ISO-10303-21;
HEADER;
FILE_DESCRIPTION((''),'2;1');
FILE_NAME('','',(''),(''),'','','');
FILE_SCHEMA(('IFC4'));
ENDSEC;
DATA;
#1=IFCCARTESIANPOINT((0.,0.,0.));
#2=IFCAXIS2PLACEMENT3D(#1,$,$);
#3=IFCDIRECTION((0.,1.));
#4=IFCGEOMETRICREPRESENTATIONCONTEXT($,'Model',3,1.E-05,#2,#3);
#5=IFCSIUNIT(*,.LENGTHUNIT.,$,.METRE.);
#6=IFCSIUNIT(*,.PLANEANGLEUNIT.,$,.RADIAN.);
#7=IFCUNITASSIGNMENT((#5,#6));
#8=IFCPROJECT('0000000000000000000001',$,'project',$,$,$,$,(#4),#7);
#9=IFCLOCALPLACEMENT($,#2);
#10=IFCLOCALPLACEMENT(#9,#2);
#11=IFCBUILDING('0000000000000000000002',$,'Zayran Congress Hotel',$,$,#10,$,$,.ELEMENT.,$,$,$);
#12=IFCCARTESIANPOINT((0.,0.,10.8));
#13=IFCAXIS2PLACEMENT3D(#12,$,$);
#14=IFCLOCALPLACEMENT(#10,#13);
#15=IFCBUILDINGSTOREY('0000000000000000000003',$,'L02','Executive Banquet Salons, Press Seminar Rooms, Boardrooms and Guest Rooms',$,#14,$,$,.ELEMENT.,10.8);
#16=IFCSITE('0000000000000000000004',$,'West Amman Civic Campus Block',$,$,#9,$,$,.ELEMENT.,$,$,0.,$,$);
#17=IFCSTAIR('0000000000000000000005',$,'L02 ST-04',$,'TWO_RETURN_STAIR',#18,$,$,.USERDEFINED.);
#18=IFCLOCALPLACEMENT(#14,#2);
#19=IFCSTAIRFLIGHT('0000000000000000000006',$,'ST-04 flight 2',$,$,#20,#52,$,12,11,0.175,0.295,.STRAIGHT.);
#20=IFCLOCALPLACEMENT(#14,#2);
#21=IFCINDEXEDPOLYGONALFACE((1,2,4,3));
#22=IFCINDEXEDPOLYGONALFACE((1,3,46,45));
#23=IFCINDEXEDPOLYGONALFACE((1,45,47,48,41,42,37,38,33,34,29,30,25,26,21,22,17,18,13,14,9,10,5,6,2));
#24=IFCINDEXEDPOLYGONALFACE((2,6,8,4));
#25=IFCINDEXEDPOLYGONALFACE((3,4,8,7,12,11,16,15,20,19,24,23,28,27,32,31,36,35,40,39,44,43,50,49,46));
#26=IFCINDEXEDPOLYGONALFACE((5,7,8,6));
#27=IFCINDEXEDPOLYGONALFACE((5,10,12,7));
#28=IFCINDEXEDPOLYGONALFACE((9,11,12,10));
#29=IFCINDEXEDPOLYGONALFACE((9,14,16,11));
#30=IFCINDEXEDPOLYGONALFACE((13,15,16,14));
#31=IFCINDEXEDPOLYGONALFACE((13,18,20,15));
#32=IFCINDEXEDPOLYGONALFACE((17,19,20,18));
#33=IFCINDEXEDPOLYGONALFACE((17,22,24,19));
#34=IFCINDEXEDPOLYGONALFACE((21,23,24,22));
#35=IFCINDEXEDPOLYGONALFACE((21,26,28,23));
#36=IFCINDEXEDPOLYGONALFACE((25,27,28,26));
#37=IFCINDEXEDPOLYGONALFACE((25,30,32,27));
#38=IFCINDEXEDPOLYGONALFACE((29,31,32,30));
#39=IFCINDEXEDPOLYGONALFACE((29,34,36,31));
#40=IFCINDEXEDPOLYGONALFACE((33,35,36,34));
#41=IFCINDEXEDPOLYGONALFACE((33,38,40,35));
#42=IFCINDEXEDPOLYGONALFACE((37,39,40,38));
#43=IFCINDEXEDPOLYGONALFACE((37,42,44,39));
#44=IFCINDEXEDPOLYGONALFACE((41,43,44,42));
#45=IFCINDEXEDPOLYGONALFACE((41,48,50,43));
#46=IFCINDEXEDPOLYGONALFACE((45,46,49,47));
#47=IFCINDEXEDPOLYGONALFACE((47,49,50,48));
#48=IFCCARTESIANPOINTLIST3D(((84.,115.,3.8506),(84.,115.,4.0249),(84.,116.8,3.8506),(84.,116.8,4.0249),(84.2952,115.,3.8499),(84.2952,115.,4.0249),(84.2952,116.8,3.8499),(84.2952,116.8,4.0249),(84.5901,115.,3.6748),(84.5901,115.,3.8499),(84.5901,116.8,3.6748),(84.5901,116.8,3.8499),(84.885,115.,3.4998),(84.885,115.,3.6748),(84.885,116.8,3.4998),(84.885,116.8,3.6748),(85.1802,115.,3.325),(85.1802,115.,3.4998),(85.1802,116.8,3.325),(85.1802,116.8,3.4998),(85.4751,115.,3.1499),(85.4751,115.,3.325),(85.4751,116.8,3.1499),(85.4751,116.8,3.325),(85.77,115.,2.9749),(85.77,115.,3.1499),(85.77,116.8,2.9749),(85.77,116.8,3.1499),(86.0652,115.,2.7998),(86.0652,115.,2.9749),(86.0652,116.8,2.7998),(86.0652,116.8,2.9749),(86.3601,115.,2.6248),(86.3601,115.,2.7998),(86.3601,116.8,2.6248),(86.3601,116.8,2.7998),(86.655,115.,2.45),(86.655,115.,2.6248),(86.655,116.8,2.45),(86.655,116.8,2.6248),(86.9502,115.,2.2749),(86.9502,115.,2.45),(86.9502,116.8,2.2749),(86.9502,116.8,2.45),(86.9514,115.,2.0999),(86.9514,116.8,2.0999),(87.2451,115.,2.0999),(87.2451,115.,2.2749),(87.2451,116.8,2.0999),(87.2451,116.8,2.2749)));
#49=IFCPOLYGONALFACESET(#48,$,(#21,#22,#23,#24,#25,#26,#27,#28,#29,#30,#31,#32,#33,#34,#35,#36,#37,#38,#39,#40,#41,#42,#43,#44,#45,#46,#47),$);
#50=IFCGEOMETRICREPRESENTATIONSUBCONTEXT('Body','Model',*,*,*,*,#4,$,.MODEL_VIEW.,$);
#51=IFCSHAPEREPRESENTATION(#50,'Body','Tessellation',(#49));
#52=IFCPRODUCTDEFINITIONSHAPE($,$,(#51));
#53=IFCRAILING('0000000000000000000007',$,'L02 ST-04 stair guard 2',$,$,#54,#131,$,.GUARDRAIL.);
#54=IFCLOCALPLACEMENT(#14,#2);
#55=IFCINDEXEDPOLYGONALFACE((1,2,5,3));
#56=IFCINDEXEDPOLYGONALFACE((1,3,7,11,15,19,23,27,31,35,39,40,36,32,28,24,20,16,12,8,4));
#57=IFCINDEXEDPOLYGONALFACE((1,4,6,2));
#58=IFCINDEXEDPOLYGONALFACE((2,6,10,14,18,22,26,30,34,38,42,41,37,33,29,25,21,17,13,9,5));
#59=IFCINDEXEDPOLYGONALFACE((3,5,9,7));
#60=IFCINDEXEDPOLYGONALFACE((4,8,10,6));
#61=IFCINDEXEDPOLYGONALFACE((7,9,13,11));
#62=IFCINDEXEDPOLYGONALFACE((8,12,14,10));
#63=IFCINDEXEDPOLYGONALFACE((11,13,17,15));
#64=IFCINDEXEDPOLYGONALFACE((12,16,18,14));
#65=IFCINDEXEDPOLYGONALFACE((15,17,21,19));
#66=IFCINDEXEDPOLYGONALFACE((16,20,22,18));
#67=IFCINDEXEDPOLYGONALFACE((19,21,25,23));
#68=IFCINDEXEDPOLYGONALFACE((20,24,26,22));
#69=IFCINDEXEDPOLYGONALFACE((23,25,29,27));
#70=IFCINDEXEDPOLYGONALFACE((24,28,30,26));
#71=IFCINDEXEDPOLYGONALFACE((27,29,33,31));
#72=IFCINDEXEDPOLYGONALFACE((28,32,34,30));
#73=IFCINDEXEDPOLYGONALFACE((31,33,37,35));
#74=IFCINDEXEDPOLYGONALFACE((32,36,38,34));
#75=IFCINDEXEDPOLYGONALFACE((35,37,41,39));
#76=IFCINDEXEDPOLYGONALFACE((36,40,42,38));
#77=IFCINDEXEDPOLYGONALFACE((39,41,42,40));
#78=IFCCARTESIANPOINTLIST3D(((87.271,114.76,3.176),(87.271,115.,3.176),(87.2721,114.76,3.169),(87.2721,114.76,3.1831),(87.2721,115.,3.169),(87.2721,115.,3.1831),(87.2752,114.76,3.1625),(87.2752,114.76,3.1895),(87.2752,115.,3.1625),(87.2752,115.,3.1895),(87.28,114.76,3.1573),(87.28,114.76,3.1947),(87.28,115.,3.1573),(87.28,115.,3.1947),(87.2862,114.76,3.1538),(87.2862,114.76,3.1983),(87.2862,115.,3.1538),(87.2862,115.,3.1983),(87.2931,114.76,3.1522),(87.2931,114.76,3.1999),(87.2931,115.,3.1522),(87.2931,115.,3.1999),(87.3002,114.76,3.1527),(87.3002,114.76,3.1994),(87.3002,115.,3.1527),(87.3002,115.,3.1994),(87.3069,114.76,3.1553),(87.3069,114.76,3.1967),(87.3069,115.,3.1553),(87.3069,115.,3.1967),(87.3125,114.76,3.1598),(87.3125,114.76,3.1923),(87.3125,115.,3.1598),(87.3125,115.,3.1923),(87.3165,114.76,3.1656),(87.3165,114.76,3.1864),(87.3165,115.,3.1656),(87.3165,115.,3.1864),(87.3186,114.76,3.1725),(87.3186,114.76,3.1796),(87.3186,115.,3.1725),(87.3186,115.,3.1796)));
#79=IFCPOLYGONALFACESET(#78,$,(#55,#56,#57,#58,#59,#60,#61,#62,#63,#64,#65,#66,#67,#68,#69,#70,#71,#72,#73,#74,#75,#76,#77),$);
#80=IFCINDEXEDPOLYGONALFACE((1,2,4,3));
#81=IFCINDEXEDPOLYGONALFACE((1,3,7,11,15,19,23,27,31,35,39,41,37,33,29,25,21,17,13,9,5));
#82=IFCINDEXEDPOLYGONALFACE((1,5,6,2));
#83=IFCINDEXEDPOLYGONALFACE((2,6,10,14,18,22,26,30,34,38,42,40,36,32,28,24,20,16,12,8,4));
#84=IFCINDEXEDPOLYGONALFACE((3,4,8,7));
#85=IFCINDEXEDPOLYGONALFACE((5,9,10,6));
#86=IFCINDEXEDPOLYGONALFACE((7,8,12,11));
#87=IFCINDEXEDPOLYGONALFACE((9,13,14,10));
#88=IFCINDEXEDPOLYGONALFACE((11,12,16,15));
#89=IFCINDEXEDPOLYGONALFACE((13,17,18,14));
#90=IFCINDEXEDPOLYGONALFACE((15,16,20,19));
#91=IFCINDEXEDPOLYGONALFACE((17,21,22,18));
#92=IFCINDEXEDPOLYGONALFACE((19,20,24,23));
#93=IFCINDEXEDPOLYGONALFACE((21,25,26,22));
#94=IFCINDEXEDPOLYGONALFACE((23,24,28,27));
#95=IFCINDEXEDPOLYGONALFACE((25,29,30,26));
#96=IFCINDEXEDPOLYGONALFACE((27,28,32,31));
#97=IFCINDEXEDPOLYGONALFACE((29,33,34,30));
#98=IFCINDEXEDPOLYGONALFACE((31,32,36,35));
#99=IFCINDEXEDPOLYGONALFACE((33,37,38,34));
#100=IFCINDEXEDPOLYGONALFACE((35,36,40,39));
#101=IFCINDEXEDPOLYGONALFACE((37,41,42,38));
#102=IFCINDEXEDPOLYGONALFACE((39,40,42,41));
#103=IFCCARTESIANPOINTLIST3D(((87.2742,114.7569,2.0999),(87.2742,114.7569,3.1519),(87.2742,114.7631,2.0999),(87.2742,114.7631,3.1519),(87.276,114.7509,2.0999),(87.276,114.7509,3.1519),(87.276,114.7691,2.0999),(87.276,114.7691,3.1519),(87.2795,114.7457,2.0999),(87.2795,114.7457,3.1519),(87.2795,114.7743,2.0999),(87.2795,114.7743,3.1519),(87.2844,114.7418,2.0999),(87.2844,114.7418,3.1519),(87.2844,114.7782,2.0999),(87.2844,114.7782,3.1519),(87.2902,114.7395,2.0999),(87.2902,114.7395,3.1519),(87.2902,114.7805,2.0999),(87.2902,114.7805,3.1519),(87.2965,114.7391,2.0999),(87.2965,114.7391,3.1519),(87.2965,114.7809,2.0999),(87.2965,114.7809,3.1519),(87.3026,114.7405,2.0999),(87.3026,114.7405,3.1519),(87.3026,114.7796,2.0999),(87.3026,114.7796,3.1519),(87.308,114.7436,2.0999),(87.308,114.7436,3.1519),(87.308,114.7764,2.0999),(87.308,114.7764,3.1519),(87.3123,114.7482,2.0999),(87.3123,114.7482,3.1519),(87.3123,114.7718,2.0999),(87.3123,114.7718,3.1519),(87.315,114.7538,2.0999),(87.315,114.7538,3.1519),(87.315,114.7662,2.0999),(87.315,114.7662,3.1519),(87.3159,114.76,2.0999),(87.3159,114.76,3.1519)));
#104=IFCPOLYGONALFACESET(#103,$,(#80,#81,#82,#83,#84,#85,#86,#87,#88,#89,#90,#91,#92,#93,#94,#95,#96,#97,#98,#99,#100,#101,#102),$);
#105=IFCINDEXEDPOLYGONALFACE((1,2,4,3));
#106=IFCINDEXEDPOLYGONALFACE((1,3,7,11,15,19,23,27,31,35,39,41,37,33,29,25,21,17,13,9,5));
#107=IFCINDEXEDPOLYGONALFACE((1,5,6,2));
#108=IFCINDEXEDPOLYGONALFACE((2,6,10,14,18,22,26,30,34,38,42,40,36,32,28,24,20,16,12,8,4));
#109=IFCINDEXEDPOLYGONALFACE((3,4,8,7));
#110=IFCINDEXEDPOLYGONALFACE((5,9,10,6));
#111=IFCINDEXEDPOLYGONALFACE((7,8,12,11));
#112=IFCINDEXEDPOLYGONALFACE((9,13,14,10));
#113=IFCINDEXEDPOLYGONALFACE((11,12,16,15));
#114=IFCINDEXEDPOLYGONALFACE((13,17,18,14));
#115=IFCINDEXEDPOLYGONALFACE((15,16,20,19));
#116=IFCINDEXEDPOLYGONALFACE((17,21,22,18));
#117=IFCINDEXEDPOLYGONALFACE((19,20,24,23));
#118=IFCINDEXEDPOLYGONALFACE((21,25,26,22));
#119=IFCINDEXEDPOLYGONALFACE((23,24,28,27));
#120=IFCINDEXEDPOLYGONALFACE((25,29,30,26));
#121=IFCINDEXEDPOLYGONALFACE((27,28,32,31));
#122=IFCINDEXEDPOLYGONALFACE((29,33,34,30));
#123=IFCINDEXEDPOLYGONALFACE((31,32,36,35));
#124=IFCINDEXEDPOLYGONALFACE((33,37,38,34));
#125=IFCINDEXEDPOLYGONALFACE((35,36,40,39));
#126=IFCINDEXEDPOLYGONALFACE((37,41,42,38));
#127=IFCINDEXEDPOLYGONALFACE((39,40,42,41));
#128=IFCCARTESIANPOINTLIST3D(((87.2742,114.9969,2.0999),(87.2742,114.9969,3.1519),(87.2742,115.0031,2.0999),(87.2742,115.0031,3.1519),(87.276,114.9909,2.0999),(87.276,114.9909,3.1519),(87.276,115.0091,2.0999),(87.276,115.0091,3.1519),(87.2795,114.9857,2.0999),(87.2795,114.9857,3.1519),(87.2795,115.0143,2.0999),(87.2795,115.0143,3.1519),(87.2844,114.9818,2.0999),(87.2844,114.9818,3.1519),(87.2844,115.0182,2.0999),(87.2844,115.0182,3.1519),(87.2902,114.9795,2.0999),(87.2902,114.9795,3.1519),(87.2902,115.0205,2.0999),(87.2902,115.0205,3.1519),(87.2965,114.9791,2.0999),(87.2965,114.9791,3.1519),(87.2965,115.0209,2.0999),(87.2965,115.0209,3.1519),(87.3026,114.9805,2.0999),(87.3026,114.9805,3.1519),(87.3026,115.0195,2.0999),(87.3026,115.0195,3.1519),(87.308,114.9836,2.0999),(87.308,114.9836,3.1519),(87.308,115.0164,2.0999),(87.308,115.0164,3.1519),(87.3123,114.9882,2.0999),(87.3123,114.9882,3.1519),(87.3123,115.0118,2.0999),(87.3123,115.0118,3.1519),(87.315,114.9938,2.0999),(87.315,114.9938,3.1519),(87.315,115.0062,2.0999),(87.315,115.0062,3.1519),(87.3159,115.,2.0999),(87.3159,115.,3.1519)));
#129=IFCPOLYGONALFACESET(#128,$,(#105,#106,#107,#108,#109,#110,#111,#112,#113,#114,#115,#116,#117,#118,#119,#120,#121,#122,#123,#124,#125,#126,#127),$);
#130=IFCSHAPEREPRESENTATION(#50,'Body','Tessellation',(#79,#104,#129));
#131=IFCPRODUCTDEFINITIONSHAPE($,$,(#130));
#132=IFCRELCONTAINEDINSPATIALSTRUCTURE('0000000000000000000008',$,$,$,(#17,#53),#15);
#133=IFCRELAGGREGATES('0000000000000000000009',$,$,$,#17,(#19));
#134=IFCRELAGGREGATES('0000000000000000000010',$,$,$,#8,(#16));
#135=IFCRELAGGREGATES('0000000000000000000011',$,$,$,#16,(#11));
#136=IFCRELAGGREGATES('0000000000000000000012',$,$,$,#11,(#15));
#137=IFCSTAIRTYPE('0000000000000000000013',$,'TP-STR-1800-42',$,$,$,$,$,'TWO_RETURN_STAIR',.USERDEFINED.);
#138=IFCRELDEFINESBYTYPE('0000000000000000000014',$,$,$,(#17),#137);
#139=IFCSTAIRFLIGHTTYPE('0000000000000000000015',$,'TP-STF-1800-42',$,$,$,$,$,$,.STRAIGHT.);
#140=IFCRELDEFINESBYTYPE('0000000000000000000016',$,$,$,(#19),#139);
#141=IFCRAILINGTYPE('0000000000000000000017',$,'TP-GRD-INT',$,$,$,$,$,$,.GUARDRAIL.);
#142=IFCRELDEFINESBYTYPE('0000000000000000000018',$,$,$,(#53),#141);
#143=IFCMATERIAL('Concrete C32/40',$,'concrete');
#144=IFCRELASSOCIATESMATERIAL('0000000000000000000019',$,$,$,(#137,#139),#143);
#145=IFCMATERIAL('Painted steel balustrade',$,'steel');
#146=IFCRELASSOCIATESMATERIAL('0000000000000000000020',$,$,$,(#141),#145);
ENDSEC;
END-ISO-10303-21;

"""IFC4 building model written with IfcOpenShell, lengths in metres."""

from ifc_helpers import new_model, si_unit, direction, frame, origin, origin_2d, place, context, subcontext, project, spatial, polyline, circle, outline, extrude, material, type_object, element, aggregate, save


model = new_model("IFC4")

# Units and contexts
model_context = context("Model", 3, precision=1e-05, world=origin(), true_north=direction((0.0, 1.0)))
body_context = subcontext(model_context, "Body", "Model", "MODEL_VIEW")
ifc_project = project(units=[si_unit("LENGTHUNIT", "METRE"), si_unit("PLANEANGLEUNIT", "RADIAN")], contexts=[model_context])

# Site, building, storey
site_placement = place(None, origin())
site = spatial("IfcSite", under=ifc_project, at=site_placement, Name="West Amman Civic Campus Block", CompositionType="ELEMENT", RefElevation=0.0)
building_placement = place(site_placement, origin())
building = spatial("IfcBuilding", under=site, at=building_placement, Name="Zayran Congress Hotel", CompositionType="ELEMENT")
storey_placement = place(building_placement, frame((0.0, 0.0, 10.8)))
storey = spatial("IfcBuildingStorey", under=building, at=storey_placement, Name="L02", Description="Executive Banquet Salons, Press Seminar Rooms, Boardrooms and Guest Rooms", CompositionType="ELEMENT", Elevation=10.8)

# Stair, stair flight
ifc_material_1 = material(Name="Concrete C32/40", Category="concrete")
stair_type = type_object("IfcStairType", Name="TP-STR-1800-42", ElementType="TWO_RETURN_STAIR", PredefinedType="USERDEFINED", material=ifc_material_1)
stair_placement = place(storey_placement, origin())
stair = element("IfcStair", 1, at=stair_placement, inside=storey, type_object=stair_type, Name="L02 ST-04", ObjectType="TWO_RETURN_STAIR", PredefinedType="USERDEFINED")
stair_flight_type = type_object("IfcStairFlightType", Name="TP-STF-1800-42", PredefinedType="STRAIGHT", material=ifc_material_1)
stair_flight_placement = place(storey_placement, frame((87.2451, 115.8999, 2.0999), z_axis=(0.0, 0.0, 1.0), x_axis=(-1.0, 0.0, 0.0)))
stair_flight = element("IfcStairFlight", 2, at=stair_flight_placement, type_object=stair_flight_type, Name="ST-04 flight 2", NumberOfRisers=12, NumberOfTreads=11, PredefinedType="STRAIGHT", RiserHeight=0.175, TreadLength=0.295, context=body_context, shape_type="SweptSolid", body=[
    extrude(outline(polyline([(0.0, 0.0), (0.0, 0.175), (0.2949, 0.175), (0.2949, 0.3501), (0.5901, 0.3501), (0.5901, 0.5249), (0.885, 0.5249), (0.885, 0.7), (1.1799, 0.7), (1.1799, 0.875), (1.4751, 0.875), (1.4751, 1.05), (1.77, 1.05), (1.77, 1.2251), (2.0649, 1.2251), (2.0649, 1.3999), (2.3601, 1.3999), (2.3601, 1.575), (2.655, 1.575), (2.655, 1.75), (2.95, 1.75), (2.95, 1.925), (3.2451, 1.925), (3.2451, 2.1001), (3.2451, 1.7507), (0.2937, 0.0), (0.0, 0.0)])), frame((0.0, 0.8999, 0.0), z_axis=(0.0, -1.0, 0.0), x_axis=(1.0, 0.0, 0.0)), (0.0, 0.0, 1.0), 1.8),
])
aggregate(stair, [stair_flight])

# Railing
ifc_material_2 = material(Name="Painted steel balustrade", Category="steel")
railing_type_1 = type_object("IfcRailingType", Name="TP-GRD-INT", PredefinedType="GUARDRAIL", material=ifc_material_2)
railing_1_placement = place(storey_placement, frame((87.2949, 114.76, 2.0999)))
element("IfcRailing", 3, at=railing_1_placement, inside=storey, type_object=railing_type_1, Name="L02 ST-04 stair guard 2", PredefinedType="GUARDRAIL", context=body_context, shape_type="SweptSolid", body=[
    extrude(circle(Radius=0.0239, at=origin_2d()), frame((0.0, 0.0, 1.0762), z_axis=(0.0, 1.0, 0.0), x_axis=(-1.0, 0.0, 0.0)), (0.0, 0.0, 1.0), 0.24),
    extrude(circle(Radius=0.021, at=origin_2d()), origin(), (0.0, 0.0, 1.0), 1.052),
    extrude(circle(Radius=0.021, at=origin_2d()), frame((0.0, 0.24, 0.0)), (0.0, 0.0, 1.0), 1.052),
])

save(model, "model.ifc")
